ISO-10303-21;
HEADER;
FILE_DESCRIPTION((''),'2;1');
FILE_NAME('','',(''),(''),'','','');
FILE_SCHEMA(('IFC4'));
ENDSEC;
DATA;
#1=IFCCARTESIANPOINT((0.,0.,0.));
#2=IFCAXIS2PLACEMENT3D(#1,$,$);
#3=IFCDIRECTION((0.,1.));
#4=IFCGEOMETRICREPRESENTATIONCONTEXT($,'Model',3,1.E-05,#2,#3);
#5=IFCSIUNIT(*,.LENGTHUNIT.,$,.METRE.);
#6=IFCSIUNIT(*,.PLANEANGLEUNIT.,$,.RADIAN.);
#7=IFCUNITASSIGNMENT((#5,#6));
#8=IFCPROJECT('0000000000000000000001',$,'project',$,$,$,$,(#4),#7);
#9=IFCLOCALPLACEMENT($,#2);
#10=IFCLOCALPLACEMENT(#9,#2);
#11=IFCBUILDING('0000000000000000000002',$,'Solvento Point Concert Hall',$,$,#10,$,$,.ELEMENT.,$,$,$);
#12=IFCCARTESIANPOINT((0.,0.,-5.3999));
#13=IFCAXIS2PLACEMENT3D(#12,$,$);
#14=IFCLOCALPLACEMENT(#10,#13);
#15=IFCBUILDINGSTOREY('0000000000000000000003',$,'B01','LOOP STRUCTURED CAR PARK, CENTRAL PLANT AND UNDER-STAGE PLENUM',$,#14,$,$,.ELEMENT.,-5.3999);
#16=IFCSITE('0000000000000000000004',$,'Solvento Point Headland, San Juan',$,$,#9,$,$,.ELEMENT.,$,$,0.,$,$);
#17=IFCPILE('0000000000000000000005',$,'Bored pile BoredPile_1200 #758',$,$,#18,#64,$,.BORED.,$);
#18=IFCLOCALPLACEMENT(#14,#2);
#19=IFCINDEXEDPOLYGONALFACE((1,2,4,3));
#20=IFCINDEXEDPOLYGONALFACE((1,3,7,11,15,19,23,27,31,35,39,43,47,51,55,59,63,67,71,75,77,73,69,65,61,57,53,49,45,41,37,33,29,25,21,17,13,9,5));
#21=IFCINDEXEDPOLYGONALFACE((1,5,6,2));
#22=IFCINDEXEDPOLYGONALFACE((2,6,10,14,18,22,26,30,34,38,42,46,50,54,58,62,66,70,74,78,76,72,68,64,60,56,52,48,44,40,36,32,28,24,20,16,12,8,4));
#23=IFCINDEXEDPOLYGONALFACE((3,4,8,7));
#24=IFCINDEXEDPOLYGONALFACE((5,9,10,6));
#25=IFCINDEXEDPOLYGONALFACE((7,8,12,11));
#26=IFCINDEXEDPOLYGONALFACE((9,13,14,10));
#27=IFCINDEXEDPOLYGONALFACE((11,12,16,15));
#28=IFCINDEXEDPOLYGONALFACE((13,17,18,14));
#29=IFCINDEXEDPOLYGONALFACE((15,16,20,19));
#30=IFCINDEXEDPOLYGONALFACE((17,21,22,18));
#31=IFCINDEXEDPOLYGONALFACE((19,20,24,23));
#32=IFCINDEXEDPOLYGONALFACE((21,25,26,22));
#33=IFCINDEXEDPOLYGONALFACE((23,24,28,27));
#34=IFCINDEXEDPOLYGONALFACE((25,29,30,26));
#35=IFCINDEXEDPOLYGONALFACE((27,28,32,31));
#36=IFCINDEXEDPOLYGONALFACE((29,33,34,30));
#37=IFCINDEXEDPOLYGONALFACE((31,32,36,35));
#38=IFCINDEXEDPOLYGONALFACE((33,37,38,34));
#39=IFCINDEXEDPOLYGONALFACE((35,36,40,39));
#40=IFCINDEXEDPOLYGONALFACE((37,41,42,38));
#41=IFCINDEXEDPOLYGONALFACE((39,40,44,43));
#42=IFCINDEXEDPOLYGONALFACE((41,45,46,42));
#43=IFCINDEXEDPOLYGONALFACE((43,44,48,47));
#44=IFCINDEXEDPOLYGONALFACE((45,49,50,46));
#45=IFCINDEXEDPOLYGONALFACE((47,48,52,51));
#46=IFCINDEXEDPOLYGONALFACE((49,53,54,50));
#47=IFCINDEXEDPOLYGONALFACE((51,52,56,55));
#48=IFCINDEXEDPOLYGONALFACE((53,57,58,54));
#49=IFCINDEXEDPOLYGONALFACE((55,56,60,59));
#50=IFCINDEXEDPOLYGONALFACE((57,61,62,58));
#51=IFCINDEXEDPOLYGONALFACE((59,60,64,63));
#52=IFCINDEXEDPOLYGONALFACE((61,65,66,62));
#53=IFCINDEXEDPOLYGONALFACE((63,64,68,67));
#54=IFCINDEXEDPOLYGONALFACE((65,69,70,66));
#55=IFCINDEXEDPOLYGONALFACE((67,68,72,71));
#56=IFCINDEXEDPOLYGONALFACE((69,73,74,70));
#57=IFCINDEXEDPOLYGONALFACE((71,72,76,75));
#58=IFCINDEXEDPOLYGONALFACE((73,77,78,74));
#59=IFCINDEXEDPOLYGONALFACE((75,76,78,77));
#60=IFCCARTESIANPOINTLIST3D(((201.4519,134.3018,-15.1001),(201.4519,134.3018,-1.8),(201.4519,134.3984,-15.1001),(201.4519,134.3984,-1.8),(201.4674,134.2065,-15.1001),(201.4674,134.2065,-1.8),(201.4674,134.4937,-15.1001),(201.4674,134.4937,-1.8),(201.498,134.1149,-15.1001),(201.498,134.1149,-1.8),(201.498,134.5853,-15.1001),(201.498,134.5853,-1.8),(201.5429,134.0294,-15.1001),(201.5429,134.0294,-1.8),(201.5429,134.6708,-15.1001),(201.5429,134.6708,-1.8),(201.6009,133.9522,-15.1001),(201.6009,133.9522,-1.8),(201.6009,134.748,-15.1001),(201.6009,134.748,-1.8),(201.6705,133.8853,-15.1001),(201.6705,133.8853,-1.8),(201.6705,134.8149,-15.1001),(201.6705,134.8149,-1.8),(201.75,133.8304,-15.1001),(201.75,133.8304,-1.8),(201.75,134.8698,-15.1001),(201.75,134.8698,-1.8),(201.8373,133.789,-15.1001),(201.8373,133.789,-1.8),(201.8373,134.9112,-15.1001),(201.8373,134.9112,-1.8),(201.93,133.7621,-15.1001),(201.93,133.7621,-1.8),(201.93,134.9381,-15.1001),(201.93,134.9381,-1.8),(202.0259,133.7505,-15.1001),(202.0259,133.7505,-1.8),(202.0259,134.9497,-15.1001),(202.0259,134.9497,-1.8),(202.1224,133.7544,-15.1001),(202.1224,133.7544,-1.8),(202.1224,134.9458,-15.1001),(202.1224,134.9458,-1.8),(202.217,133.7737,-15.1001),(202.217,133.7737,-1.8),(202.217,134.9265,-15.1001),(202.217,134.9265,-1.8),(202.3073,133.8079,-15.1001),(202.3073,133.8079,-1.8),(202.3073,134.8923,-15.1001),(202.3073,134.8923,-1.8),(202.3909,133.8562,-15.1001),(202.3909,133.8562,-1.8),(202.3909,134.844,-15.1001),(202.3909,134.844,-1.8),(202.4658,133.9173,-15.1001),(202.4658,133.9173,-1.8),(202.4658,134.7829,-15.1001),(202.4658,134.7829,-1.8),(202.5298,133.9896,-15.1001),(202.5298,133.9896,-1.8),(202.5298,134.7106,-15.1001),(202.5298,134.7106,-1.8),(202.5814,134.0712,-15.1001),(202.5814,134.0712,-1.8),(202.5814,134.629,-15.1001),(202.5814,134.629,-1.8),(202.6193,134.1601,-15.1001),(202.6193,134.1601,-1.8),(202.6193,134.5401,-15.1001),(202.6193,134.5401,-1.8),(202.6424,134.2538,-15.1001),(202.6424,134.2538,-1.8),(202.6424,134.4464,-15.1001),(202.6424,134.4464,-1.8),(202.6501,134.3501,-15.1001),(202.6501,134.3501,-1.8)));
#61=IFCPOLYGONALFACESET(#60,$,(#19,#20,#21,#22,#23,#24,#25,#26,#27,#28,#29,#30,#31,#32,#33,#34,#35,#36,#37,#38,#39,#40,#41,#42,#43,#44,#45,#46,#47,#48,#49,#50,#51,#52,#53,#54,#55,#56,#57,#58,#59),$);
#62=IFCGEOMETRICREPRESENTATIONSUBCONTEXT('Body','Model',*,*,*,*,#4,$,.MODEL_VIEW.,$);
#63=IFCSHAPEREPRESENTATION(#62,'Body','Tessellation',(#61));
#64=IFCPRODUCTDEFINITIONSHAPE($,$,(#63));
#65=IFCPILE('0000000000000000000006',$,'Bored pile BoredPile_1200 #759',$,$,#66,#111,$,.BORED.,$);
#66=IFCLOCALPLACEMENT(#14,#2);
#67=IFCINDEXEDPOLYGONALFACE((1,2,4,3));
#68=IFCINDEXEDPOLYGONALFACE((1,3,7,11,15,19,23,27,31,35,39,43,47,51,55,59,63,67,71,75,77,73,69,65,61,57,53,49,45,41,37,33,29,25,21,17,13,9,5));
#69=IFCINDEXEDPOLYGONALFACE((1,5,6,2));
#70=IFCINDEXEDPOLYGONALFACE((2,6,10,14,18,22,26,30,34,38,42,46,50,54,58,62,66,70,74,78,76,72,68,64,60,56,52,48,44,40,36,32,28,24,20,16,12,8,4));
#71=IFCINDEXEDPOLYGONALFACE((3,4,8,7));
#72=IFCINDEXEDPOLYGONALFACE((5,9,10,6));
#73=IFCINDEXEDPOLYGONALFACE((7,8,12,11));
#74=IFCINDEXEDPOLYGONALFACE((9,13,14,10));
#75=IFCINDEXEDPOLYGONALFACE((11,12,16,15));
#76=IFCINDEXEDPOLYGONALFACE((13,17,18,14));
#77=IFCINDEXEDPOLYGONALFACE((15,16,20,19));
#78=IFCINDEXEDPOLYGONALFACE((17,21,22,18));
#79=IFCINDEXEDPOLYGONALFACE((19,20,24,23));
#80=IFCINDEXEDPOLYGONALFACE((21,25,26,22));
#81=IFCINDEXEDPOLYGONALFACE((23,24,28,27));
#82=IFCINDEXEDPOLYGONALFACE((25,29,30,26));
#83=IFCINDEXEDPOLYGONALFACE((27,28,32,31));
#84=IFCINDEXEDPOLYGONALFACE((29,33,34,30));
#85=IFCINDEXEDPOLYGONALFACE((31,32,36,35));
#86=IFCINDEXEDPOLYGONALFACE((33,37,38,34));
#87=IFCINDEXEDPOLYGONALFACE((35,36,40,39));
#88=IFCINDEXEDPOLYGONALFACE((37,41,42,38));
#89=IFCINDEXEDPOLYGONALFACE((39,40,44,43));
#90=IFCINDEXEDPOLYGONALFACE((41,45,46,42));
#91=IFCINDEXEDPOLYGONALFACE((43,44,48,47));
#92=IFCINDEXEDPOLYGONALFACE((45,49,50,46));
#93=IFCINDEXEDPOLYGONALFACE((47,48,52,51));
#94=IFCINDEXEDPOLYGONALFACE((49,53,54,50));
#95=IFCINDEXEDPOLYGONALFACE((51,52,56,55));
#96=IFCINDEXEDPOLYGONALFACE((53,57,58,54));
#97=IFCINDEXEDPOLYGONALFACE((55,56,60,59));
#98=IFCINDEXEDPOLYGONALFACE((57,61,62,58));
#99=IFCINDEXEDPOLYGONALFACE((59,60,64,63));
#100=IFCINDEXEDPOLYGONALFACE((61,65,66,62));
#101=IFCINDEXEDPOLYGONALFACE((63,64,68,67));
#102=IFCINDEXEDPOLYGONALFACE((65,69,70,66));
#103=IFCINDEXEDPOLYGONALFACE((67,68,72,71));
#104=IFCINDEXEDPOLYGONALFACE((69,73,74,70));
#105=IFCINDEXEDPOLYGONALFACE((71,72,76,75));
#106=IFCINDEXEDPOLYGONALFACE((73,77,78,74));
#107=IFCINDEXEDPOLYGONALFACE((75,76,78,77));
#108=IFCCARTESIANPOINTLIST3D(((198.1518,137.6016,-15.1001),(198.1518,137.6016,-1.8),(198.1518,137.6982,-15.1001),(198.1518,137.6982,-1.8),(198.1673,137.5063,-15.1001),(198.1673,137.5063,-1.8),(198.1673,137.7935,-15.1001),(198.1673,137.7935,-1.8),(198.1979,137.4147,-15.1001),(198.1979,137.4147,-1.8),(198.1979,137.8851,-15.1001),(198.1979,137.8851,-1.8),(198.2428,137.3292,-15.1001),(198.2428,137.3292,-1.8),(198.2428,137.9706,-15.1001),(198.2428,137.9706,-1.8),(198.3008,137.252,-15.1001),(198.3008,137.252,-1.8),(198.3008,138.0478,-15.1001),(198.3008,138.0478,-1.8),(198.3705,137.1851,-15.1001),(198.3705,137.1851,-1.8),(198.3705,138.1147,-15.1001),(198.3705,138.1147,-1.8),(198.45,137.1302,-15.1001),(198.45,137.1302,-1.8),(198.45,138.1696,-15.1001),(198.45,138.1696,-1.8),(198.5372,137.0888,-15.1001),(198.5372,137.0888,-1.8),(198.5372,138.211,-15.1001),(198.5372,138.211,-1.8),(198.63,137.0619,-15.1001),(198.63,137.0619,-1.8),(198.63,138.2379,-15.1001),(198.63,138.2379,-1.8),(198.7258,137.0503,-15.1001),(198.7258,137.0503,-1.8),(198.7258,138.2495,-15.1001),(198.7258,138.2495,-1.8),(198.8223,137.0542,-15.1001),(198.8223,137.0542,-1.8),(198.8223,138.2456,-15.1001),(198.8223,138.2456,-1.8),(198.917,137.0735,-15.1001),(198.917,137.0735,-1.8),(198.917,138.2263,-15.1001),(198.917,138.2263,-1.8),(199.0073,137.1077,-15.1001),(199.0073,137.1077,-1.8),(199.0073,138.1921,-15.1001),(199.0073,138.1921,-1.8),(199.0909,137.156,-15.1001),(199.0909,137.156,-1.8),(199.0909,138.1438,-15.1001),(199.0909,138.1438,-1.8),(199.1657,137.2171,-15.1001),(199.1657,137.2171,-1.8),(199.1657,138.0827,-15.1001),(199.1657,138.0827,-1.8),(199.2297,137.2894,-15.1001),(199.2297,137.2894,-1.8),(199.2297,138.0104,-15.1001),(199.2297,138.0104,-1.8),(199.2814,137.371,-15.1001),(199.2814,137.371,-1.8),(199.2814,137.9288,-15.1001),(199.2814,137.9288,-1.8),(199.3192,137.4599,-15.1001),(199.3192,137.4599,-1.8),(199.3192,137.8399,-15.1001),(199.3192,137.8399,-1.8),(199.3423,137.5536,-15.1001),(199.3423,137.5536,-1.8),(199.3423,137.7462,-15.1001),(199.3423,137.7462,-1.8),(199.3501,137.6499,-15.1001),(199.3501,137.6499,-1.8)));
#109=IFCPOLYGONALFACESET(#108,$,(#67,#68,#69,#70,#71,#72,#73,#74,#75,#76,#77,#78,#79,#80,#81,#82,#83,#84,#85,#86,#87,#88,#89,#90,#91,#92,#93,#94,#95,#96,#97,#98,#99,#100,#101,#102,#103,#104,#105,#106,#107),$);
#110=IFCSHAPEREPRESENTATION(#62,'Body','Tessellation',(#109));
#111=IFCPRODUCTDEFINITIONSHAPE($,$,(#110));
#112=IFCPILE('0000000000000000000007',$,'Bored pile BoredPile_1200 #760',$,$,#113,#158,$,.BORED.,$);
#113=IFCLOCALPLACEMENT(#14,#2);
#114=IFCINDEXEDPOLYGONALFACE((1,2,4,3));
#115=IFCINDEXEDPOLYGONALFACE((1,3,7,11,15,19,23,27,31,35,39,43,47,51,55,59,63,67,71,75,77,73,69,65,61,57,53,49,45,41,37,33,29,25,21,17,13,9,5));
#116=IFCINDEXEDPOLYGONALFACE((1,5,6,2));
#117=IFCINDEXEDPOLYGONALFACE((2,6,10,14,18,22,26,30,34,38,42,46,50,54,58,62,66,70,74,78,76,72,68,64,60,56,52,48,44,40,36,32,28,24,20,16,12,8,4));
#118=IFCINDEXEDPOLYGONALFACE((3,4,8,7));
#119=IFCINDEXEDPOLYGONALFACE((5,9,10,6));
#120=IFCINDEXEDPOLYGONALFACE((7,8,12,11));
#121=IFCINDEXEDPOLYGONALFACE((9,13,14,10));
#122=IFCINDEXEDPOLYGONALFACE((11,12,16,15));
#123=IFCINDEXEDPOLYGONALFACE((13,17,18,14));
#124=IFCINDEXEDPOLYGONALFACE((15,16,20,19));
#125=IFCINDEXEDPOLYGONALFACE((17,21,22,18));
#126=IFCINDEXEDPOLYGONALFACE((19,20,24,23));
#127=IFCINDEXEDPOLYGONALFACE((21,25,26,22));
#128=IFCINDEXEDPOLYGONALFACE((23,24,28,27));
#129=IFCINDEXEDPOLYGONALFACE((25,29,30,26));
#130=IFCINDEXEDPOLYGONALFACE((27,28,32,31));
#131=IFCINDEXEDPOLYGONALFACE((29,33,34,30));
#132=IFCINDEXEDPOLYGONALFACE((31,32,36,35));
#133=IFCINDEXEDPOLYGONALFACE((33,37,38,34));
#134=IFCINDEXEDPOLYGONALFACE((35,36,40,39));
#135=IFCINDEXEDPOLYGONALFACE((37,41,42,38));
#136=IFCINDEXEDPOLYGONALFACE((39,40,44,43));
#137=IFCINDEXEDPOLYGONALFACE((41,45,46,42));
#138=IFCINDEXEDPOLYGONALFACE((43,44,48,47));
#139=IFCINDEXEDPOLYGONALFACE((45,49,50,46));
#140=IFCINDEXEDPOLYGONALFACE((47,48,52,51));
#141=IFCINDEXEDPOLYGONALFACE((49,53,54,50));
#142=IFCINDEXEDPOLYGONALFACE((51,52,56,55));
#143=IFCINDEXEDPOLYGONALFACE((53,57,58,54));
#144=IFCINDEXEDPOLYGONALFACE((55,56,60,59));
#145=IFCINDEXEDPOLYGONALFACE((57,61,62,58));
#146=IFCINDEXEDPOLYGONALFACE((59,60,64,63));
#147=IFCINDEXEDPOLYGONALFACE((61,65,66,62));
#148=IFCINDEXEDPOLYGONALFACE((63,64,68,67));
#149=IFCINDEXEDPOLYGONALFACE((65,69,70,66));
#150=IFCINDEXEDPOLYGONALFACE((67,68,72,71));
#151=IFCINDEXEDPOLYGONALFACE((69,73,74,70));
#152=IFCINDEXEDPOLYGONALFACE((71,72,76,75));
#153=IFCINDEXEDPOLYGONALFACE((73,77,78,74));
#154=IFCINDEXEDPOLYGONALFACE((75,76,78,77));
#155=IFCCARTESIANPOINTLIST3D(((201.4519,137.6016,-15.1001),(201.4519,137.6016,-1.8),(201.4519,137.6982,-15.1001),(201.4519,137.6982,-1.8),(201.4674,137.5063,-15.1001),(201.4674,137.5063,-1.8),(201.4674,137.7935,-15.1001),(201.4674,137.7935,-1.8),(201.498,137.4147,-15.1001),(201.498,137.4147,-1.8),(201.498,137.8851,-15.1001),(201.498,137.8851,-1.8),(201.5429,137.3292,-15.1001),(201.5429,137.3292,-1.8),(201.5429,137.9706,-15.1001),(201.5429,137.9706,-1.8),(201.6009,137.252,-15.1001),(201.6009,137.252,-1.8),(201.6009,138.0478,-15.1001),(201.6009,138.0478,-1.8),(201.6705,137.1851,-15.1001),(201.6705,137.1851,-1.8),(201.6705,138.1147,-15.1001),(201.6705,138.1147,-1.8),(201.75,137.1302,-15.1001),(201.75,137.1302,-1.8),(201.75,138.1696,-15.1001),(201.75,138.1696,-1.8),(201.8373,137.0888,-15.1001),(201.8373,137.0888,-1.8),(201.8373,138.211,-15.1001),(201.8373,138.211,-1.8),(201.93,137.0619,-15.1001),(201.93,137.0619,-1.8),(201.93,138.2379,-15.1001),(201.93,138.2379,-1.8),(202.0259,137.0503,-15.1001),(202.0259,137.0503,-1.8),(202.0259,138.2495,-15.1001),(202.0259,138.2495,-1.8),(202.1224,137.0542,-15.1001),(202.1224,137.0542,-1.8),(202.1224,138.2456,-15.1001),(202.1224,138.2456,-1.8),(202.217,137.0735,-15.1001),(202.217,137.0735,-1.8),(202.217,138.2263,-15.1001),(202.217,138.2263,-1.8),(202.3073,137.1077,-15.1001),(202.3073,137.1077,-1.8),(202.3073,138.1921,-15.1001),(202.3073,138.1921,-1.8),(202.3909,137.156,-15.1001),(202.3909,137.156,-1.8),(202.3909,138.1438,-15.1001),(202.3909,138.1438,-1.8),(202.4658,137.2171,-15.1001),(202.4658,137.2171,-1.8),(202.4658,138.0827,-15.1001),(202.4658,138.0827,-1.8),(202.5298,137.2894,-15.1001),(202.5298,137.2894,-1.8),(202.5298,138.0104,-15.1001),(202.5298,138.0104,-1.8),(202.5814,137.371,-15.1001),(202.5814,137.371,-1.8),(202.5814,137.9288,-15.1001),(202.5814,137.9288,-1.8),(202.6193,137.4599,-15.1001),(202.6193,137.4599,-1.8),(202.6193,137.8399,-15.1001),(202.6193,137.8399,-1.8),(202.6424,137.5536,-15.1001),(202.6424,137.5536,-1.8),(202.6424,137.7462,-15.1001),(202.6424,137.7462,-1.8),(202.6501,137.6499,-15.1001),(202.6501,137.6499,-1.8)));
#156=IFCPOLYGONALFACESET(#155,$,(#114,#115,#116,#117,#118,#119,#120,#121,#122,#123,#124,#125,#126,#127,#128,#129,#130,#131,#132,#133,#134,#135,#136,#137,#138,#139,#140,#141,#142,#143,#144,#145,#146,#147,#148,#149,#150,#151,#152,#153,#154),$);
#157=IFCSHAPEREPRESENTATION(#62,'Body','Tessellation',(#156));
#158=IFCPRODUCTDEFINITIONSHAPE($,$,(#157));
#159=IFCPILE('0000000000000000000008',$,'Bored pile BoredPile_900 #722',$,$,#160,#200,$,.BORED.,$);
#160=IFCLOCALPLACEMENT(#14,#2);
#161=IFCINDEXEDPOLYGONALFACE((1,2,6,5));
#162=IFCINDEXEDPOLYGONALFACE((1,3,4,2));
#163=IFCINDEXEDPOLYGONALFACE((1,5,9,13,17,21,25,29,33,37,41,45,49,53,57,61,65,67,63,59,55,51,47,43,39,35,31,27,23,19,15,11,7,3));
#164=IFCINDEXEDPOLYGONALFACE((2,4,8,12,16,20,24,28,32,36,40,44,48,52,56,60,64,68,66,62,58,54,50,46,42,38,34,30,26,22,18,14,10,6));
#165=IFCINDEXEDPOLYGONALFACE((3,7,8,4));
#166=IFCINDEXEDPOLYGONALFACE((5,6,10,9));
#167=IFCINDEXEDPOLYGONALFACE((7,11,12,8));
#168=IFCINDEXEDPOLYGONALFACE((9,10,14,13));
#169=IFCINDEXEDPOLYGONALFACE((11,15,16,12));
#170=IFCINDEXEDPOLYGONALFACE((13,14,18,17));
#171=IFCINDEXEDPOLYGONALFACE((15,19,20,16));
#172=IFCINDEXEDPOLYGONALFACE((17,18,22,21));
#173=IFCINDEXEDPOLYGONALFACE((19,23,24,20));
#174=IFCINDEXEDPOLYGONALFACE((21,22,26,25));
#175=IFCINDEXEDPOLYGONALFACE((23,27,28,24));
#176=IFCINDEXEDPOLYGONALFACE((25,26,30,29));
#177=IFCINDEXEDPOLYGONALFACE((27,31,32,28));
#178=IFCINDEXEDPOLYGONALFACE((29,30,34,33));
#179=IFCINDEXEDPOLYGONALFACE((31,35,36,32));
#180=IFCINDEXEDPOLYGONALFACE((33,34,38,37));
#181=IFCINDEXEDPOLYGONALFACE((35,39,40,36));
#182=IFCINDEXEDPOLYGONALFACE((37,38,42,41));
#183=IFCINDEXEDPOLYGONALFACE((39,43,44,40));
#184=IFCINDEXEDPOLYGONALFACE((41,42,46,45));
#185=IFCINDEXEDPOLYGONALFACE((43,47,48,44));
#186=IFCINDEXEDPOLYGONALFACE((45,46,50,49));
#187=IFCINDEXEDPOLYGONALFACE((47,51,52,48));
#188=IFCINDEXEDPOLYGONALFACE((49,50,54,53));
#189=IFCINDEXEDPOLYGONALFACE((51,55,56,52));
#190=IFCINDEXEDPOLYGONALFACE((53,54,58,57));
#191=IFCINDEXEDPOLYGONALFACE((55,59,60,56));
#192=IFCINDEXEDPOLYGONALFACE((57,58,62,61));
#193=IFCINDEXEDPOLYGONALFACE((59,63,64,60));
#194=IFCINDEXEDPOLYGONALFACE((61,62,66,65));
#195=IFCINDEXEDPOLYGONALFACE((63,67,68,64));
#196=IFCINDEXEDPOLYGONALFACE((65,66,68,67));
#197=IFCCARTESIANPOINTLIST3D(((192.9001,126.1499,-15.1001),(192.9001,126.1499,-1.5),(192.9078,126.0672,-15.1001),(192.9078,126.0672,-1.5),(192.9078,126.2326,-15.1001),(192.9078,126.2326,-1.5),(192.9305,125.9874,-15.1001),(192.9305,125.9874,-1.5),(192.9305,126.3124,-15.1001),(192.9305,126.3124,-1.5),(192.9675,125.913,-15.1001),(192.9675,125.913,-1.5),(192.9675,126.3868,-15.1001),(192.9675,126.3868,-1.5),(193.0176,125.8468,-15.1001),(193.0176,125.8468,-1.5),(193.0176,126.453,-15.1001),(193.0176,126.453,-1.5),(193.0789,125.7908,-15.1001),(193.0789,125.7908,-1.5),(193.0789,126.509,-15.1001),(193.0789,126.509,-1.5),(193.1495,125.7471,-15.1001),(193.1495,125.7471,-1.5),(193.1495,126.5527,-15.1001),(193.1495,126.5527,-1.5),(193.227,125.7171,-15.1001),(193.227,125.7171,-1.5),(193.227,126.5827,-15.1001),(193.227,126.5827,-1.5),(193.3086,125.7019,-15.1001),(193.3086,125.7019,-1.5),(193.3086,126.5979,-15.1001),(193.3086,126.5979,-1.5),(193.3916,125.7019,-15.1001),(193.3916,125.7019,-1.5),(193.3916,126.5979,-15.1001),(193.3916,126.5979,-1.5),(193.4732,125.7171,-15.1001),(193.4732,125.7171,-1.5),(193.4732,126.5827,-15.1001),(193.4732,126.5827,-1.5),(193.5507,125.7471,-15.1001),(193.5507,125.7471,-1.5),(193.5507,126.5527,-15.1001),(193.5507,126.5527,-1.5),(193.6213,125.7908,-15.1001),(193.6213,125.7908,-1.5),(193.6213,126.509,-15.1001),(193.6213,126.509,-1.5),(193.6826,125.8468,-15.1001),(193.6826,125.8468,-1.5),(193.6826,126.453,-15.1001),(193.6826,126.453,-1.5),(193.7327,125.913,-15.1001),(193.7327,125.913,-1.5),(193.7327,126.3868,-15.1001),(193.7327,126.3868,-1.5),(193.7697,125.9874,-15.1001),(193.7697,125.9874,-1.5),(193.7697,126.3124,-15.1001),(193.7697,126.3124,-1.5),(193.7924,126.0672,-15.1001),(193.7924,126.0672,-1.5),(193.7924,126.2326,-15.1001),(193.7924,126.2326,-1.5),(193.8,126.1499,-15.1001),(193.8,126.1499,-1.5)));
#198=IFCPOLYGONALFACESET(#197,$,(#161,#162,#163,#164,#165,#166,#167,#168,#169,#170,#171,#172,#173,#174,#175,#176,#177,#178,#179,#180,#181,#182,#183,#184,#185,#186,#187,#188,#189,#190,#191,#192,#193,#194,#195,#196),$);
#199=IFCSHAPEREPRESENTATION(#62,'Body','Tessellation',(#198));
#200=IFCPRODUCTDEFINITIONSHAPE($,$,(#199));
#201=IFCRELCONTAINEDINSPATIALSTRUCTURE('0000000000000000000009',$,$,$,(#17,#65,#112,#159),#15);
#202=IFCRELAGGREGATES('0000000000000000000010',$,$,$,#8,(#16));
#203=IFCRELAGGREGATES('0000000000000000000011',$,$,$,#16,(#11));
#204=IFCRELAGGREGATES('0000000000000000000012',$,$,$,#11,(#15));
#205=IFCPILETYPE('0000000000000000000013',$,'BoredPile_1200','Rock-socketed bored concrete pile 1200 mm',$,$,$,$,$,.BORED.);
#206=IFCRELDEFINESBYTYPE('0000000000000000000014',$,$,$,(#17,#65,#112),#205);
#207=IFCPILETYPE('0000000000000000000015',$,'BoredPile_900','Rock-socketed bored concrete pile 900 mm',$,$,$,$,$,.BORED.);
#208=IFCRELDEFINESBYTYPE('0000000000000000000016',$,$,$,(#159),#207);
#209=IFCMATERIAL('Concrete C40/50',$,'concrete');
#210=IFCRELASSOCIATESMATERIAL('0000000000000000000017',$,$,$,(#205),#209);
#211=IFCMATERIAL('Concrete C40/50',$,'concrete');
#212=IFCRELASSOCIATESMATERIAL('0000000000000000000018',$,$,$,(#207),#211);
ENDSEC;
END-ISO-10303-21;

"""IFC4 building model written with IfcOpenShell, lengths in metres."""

from ifc_helpers import new_model, si_unit, direction, frame, origin, origin_2d, place, context, subcontext, project, spatial, circle, extrude, material, material_profile, profile_set, type_object, element, save


model = new_model("IFC4")

# Units and contexts
model_context = context("Model", 3, precision=1e-05, world=origin(), true_north=direction((0.0, 1.0)))
body_context = subcontext(model_context, "Body", "Model", "MODEL_VIEW")
ifc_project = project(units=[si_unit("LENGTHUNIT", "METRE"), si_unit("PLANEANGLEUNIT", "RADIAN")], contexts=[model_context])

# Site, building, storey
site_placement = place(None, origin())
site = spatial("IfcSite", under=ifc_project, at=site_placement, Name="Solvento Point Headland, San Juan", CompositionType="ELEMENT", RefElevation=0.0)
building_placement = place(site_placement, origin())
building = spatial("IfcBuilding", under=site, at=building_placement, Name="Solvento Point Concert Hall", CompositionType="ELEMENT")
storey_placement = place(building_placement, frame((0.0, 0.0, -5.3999)))
storey = spatial("IfcBuildingStorey", under=building, at=storey_placement, Name="B01", Description="LOOP STRUCTURED CAR PARK, CENTRAL PLANT AND UNDER-STAGE PLENUM", CompositionType="ELEMENT", Elevation=-5.3999)

# Piles
ifc_material_1 = material(Name="Concrete C40/50", Category="concrete")
ifc_material_profile_1 = material_profile(ifc_material_1, circle(Radius=0.6001, at=origin_2d()), Name="BP-1200")
ifc_profile_set_1 = profile_set([ifc_material_profile_1], Name="Concrete C40/50")
pile_type_1 = type_object("IfcPileType", Name="BoredPile_1200", Description="Rock-socketed bored concrete pile 1200 mm", PredefinedType="BORED", material=ifc_profile_set_1)
for number, where, z_axis, x_axis, name in (
    (1, (202.05, 134.3501, -1.8), (0.0, 0.0, -1.0), (1.0, 0.0, 0.0), "Bored pile BoredPile_1200 #758"),
    (2, (198.75, 137.6499, -1.8), (0.0, 0.0, -1.0), (1.0, 0.0, 0.0), "Bored pile BoredPile_1200 #759"),
    (3, (202.05, 137.6499, -1.8), (0.0, 0.0, -1.0), (1.0, 0.0, 0.0), "Bored pile BoredPile_1200 #760"),
):
    element("IfcPile", number, at=place(storey_placement, frame(where, z_axis=z_axis, x_axis=x_axis)), inside=storey, type_object=pile_type_1, Name=name, PredefinedType="BORED", context=body_context, shape_type="SweptSolid", body=[
        extrude(circle(Radius=0.6001, at=origin_2d()), origin(), (0.0, 0.0, 1.0), 13.3),
    ])
ifc_material_2 = material(Name="Concrete C40/50", Category="concrete")
ifc_material_profile_2 = material_profile(ifc_material_2, circle(Radius=0.45, at=origin_2d()), Name="BP-900")
ifc_profile_set_2 = profile_set([ifc_material_profile_2], Name="Concrete C40/50")
pile_type_2 = type_object("IfcPileType", Name="BoredPile_900", Description="Rock-socketed bored concrete pile 900 mm", PredefinedType="BORED", material=ifc_profile_set_2)
for number, where, z_axis, x_axis, name in (
    (4, (193.3501, 126.1499, -1.5), (0.0, 0.0, -1.0), (1.0, 0.0, 0.0), "Bored pile BoredPile_900 #722"),
):
    element("IfcPile", number, at=place(storey_placement, frame(where, z_axis=z_axis, x_axis=x_axis)), inside=storey, type_object=pile_type_2, Name=name, PredefinedType="BORED", context=body_context, shape_type="SweptSolid", body=[
        extrude(circle(Radius=0.45, at=origin_2d()), origin(), (0.0, 0.0, 1.0), 13.6001),
    ])

save(model, "model.ifc")
